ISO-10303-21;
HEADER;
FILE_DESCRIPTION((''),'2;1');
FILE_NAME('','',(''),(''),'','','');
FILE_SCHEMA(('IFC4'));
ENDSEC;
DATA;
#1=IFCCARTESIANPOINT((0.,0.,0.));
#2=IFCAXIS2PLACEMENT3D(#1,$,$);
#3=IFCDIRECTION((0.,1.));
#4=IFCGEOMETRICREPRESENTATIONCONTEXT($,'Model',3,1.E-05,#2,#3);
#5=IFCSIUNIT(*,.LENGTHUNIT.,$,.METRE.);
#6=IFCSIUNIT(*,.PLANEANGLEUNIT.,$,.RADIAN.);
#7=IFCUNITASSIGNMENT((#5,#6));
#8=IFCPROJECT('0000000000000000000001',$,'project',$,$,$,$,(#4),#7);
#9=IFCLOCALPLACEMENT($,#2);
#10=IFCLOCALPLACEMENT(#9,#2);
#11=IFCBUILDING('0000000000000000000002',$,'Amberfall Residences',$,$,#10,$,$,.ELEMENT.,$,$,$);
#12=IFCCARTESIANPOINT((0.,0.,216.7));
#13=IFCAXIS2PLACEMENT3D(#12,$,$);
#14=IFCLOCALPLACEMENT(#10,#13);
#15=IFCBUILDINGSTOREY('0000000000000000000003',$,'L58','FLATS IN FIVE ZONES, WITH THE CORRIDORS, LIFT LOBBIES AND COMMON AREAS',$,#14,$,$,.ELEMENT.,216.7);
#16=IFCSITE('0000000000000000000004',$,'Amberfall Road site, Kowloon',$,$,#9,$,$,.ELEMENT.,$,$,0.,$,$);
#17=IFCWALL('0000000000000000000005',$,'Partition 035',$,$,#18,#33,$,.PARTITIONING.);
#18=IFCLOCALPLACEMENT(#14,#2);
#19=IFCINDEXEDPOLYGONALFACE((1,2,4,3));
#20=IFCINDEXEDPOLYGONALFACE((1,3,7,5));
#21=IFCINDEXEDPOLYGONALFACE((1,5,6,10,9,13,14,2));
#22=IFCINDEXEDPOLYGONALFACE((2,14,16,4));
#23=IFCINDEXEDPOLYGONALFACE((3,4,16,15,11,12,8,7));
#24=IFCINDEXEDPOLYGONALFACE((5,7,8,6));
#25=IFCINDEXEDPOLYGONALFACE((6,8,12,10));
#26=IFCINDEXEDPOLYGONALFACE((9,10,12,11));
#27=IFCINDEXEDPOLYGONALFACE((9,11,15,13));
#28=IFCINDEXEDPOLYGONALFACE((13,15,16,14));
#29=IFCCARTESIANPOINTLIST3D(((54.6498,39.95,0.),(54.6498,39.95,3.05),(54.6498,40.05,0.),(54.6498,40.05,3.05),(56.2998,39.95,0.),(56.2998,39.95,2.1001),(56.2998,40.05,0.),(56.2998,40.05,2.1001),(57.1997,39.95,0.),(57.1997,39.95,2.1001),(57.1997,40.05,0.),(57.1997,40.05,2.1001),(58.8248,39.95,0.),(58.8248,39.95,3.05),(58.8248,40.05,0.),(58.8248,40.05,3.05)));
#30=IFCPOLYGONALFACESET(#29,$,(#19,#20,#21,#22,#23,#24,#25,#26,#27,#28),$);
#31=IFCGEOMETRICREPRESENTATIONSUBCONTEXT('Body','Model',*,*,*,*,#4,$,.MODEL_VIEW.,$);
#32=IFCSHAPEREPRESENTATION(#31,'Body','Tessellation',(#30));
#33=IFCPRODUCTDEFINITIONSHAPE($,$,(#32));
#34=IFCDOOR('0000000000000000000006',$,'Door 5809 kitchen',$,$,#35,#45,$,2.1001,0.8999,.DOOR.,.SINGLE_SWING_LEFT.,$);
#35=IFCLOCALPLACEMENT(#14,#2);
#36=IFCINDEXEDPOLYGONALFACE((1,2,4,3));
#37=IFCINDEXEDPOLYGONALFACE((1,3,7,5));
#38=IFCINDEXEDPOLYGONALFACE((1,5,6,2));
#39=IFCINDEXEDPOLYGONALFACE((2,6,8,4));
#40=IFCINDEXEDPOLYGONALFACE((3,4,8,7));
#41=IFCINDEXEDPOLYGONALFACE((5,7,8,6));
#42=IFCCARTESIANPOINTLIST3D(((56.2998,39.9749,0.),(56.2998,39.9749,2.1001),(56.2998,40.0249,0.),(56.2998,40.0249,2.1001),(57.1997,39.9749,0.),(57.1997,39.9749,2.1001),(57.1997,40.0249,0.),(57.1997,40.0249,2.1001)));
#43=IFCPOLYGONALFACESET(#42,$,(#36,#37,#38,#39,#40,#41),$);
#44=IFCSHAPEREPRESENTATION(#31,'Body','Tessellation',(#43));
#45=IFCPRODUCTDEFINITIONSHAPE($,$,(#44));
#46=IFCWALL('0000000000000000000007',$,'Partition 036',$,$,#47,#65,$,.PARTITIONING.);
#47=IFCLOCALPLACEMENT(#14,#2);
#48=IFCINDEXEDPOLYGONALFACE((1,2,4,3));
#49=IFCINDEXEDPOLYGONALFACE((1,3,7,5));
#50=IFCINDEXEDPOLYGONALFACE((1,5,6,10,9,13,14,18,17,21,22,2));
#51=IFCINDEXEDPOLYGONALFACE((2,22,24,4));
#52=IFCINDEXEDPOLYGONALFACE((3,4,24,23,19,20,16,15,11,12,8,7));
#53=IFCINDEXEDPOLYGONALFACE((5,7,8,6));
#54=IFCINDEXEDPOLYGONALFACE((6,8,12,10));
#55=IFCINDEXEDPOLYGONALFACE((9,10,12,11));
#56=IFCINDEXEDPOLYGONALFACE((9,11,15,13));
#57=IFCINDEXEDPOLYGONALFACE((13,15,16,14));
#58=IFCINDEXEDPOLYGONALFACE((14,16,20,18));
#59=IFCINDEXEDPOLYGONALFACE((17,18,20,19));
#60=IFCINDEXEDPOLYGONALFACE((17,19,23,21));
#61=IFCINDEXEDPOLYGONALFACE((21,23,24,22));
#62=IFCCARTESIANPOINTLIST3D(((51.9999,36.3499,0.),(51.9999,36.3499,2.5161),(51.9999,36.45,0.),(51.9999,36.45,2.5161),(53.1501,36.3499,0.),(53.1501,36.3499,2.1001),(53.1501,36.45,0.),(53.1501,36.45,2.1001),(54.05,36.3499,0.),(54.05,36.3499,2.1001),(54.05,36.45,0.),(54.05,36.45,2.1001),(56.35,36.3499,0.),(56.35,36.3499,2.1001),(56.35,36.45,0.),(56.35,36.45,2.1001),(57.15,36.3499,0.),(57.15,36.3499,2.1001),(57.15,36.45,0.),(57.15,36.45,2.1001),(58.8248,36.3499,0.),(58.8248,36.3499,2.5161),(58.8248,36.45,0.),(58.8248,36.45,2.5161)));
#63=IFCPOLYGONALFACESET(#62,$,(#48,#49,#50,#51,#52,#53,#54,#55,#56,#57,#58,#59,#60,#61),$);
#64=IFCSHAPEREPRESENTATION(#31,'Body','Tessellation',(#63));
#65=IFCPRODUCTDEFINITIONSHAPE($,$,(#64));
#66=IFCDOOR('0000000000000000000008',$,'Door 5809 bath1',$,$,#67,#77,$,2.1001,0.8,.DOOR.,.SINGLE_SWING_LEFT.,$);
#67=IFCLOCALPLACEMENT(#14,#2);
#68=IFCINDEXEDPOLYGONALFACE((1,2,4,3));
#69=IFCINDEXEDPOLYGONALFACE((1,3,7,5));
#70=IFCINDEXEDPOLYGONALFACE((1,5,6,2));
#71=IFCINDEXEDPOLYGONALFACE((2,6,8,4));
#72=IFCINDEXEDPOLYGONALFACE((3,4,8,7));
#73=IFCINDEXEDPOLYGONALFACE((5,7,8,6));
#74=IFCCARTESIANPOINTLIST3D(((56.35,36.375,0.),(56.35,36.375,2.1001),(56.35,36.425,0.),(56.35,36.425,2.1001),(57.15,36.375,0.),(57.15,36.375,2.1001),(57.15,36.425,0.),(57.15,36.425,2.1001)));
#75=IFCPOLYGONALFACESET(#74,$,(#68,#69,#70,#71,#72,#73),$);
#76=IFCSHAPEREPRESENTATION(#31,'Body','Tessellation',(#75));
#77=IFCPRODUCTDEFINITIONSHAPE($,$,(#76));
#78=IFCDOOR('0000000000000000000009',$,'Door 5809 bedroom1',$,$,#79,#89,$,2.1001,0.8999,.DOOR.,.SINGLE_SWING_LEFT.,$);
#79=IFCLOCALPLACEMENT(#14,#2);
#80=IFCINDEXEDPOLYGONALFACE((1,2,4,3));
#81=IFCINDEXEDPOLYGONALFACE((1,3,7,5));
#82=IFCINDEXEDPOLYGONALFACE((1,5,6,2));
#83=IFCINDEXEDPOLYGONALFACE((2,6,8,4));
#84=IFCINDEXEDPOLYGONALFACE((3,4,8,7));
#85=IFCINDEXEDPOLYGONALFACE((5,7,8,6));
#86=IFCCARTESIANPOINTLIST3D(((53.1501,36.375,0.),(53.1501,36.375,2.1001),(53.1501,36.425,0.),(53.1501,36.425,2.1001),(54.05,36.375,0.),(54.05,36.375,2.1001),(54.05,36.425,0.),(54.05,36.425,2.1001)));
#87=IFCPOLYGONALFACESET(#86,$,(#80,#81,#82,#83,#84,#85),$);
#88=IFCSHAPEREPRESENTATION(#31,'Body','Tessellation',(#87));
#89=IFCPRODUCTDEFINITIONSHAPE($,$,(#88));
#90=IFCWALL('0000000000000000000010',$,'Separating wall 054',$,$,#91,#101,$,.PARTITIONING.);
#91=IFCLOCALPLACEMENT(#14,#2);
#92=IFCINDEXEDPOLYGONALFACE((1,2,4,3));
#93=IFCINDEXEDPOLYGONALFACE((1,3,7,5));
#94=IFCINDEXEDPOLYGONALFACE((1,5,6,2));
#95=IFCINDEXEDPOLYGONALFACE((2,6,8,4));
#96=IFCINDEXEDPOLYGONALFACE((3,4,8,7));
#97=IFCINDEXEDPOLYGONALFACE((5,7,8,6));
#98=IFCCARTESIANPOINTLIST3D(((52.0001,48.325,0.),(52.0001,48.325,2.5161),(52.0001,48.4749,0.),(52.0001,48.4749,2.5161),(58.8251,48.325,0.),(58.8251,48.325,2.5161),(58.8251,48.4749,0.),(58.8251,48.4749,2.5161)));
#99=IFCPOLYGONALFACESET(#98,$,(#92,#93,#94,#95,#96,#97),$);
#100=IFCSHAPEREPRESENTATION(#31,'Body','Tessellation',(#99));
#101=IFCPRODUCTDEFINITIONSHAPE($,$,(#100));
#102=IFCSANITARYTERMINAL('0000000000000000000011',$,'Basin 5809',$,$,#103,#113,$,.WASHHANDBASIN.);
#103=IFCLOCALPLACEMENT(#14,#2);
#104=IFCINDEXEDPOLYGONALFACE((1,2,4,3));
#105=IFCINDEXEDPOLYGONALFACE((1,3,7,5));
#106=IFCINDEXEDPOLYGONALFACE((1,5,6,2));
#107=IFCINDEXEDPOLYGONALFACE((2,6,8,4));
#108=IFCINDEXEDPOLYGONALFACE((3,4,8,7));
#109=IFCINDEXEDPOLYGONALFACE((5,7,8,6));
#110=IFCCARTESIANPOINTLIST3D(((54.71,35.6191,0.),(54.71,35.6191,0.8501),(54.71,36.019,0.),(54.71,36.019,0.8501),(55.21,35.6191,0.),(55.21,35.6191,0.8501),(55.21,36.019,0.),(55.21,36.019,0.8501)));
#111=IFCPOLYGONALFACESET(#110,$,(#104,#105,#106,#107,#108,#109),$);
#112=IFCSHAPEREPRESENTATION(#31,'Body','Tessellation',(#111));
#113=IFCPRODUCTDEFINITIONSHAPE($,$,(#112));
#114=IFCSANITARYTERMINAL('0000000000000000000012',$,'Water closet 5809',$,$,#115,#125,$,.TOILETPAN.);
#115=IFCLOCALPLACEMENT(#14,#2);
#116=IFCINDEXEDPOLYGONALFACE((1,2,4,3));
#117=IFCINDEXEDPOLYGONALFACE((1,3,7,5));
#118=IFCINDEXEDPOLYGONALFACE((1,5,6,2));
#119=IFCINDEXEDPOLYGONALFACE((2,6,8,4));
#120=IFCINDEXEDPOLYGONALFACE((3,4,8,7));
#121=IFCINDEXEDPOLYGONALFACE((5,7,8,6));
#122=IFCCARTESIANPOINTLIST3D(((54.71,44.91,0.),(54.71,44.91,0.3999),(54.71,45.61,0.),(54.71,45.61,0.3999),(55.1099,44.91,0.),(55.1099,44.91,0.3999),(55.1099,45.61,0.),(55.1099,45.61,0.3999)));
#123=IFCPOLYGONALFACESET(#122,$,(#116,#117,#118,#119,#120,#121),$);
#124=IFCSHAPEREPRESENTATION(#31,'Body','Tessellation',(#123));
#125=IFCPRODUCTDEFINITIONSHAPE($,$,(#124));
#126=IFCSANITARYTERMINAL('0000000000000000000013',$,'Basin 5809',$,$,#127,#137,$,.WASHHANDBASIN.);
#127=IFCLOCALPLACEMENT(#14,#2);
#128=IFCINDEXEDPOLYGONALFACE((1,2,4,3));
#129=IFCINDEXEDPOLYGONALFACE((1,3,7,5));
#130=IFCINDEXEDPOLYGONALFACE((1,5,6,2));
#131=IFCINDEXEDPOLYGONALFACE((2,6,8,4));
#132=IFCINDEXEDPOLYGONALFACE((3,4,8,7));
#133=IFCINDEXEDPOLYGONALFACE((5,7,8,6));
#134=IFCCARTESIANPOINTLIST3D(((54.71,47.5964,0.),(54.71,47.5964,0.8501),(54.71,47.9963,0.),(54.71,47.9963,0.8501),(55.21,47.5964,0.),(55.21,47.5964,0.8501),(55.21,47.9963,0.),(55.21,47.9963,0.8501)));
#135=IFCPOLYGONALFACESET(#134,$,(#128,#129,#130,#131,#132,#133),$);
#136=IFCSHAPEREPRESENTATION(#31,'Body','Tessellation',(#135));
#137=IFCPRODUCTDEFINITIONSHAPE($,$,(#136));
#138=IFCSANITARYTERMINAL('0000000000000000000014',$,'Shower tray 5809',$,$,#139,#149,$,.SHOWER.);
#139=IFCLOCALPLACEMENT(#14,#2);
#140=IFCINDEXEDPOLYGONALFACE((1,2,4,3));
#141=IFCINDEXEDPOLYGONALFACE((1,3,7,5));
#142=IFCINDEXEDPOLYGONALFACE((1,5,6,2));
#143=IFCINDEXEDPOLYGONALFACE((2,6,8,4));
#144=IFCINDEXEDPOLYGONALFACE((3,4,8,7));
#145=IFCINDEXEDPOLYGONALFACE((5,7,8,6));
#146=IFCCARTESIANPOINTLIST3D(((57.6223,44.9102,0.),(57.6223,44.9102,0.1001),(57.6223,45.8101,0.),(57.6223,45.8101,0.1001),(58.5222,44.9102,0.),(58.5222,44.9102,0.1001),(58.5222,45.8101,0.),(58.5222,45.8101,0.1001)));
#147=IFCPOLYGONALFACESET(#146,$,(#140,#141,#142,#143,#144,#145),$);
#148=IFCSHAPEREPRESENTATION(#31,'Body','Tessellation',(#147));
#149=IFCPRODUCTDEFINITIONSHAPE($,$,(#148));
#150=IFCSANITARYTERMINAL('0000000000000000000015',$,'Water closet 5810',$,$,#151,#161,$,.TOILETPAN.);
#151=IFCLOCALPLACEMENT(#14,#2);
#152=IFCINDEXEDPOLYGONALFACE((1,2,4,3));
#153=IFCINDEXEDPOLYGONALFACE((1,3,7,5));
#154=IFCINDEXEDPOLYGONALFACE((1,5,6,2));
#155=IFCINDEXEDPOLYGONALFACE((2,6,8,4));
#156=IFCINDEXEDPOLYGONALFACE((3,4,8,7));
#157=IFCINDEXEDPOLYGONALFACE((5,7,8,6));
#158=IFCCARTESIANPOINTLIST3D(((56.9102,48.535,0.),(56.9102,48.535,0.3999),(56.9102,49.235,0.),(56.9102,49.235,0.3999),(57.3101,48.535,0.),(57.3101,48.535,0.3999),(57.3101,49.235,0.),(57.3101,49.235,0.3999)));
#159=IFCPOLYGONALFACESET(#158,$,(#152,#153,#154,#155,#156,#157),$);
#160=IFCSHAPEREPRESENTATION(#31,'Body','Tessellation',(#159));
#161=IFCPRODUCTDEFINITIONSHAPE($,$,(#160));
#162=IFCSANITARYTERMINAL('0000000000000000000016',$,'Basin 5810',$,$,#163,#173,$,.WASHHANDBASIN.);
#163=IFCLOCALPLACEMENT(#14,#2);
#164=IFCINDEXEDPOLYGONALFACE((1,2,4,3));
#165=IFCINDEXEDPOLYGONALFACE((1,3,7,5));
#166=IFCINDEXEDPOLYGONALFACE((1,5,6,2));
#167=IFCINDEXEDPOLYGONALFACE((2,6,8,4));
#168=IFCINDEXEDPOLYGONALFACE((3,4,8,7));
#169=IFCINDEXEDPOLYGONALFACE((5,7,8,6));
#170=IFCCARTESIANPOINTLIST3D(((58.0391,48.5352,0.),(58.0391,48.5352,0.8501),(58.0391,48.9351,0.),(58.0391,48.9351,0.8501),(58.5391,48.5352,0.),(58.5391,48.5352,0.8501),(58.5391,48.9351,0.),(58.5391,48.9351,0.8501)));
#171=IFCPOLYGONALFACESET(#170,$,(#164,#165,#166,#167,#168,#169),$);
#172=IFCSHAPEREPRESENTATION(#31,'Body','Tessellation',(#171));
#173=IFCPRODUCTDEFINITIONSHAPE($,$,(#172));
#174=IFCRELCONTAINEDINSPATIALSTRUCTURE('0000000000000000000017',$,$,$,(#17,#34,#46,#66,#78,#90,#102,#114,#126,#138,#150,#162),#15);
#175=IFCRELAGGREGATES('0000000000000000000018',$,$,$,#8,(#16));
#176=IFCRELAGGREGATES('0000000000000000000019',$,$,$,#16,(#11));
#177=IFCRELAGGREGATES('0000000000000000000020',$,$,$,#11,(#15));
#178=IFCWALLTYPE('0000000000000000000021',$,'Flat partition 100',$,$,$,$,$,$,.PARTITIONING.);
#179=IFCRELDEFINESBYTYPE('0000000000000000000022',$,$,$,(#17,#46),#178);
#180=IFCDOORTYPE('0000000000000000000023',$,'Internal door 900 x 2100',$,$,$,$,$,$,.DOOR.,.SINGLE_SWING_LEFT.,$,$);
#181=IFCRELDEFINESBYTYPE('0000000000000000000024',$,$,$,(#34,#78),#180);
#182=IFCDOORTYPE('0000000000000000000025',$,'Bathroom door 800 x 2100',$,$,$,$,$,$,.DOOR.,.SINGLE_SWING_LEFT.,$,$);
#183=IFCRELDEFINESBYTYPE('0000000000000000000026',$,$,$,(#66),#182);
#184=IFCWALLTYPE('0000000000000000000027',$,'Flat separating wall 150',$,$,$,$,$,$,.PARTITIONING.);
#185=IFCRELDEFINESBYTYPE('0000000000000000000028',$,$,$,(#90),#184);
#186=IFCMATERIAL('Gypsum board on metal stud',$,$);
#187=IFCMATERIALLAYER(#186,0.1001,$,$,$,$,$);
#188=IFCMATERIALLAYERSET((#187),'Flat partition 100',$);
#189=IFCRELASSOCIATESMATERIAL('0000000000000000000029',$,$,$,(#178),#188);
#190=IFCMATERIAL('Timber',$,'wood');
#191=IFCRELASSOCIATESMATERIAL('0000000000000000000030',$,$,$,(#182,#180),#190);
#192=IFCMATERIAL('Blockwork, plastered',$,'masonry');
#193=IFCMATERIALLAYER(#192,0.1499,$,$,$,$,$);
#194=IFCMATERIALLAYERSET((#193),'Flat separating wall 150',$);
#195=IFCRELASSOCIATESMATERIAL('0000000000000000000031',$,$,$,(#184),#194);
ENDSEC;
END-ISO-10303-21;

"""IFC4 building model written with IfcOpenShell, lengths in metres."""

from ifc_helpers import new_model, si_unit, direction, frame, frame_2d, origin, origin_2d, place, context, subcontext, project, spatial, rectangle, extrude, material, layer, layer_set, type_object, element, fill, save


model = new_model("IFC4")

# Units and contexts
model_context = context("Model", 3, precision=1e-05, world=origin(), true_north=direction((0.0, 1.0)))
body_context = subcontext(model_context, "Body", "Model", "MODEL_VIEW")
ifc_project = project(units=[si_unit("LENGTHUNIT", "METRE"), si_unit("PLANEANGLEUNIT", "RADIAN")], contexts=[model_context])

# Site, building, storey
site_placement = place(None, origin())
site = spatial("IfcSite", under=ifc_project, at=site_placement, Name="Amberfall Road site, Kowloon", CompositionType="ELEMENT", RefElevation=0.0)
building_placement = place(site_placement, origin())
building = spatial("IfcBuilding", under=site, at=building_placement, Name="Amberfall Residences", CompositionType="ELEMENT")
storey_placement = place(building_placement, frame((0.0, 0.0, 216.7)))
storey = spatial("IfcBuildingStorey", under=building, at=storey_placement, Name="L58", Description="FLATS IN FIVE ZONES, WITH THE CORRIDORS, LIFT LOBBIES AND COMMON AREAS", CompositionType="ELEMENT", Elevation=216.7)

# Shared definitions
ifc_material_1 = material(Name="Gypsum board on metal stud")
ifc_layer_1 = layer(ifc_material_1, 0.1001)
ifc_layer_set_1 = layer_set([ifc_layer_1], Name="Flat partition 100")
wall_type_1 = type_object("IfcWallType", Name="Flat partition 100", PredefinedType="PARTITIONING", material=ifc_layer_set_1)

# Wall, opening, door
ifc_material_2 = material(Name="Timber", Category="wood")
door_type_1 = type_object("IfcDoorType", Name="Bathroom door 800 x 2100", OperationType="SINGLE_SWING_LEFT", PredefinedType="DOOR", material=ifc_material_2)
door_type_2 = type_object("IfcDoorType", Name="Internal door 900 x 2100", OperationType="SINGLE_SWING_LEFT", PredefinedType="DOOR", material=ifc_material_2)
wall_1_placement = place(storey_placement, frame((54.6499, 40.0, 0.0), z_axis=(0.0, 0.0, 1.0), x_axis=(1.0, 0.0, 0.0)))
wall_1 = element("IfcWall", 1, at=wall_1_placement, inside=storey, type_object=wall_type_1, Name="Partition 035", PredefinedType="PARTITIONING", context=body_context, shape_type="SweptSolid", body=[
    extrude(rectangle(XDim=4.175, YDim=0.1001, at=frame_2d((2.0874, 0.0))), origin(), (0.0, 0.0, 1.0), 3.05),
])
opening_1_placement = place(wall_1_placement, frame((1.6499, 0.0, 0.0)))
opening_1 = element("IfcOpeningElement", 2, at=opening_1_placement, cuts=wall_1, PredefinedType="OPENING", context=body_context, shape_type="SweptSolid", body=[
    extrude(rectangle(XDim=0.8999, YDim=2.1001, at=frame_2d((0.45, 1.05))), frame((0.0, 0.0601, 0.0), z_axis=(0.0, -1.0, 0.0), x_axis=(1.0, 0.0, 0.0)), (0.0, 0.0, 1.0), 0.1201),
])
door_1_placement = place(opening_1_placement, origin())
door_1 = element("IfcDoor", 3, at=door_1_placement, inside=storey, type_object=door_type_2, Name="Door 5809 kitchen", OperationType="SINGLE_SWING_LEFT", OverallHeight=2.1001, OverallWidth=0.8999, PredefinedType="DOOR", context=body_context, shape_type="SweptSolid", body=[
    extrude(rectangle(XDim=0.8999, YDim=2.1001, at=frame_2d((0.45, 1.05))), frame((0.0, 0.0249, 0.0), z_axis=(0.0, -1.0, 0.0), x_axis=(1.0, 0.0, 0.0)), (0.0, 0.0, 1.0), 0.05),
])
fill(opening_1, door_1)

# Wall, openings, doors
wall_2_placement = place(storey_placement, frame((58.825, 36.3999, 0.0), z_axis=(0.0, 0.0, 1.0), x_axis=(-1.0, 0.0, 0.0)))
wall_2 = element("IfcWall", 4, at=wall_2_placement, inside=storey, type_object=wall_type_1, Name="Partition 036", PredefinedType="PARTITIONING", context=body_context, shape_type="SweptSolid", body=[
    extrude(rectangle(XDim=6.825, YDim=0.1001, at=frame_2d((3.4126, 0.0))), origin(), (0.0, 0.0, 1.0), 2.5161),
])
opening_2_placement = place(wall_2_placement, frame((4.7749, 0.0, 0.0)))
opening_2 = element("IfcOpeningElement", 5, at=opening_2_placement, cuts=wall_2, PredefinedType="OPENING", context=body_context, shape_type="SweptSolid", body=[
    extrude(rectangle(XDim=0.8999, YDim=2.1001, at=frame_2d((0.45, 1.05))), frame((0.0, 0.0601, 0.0), z_axis=(0.0, -1.0, 0.0), x_axis=(1.0, 0.0, 0.0)), (0.0, 0.0, 1.0), 0.1201),
])
opening_3_placement = place(wall_2_placement, frame((1.675, 0.0, 0.0)))
opening_3 = element("IfcOpeningElement", 6, at=opening_3_placement, cuts=wall_2, PredefinedType="OPENING", context=body_context, shape_type="SweptSolid", body=[
    extrude(rectangle(XDim=0.8, YDim=2.1001, at=frame_2d((0.3999, 1.05))), frame((0.0, 0.0601, 0.0), z_axis=(0.0, -1.0, 0.0), x_axis=(1.0, 0.0, 0.0)), (0.0, 0.0, 1.0), 0.1201),
])
door_2_placement = place(opening_3_placement, origin())
door_2 = element("IfcDoor", 7, at=door_2_placement, inside=storey, type_object=door_type_1, Name="Door 5809 bath1", OperationType="SINGLE_SWING_LEFT", OverallHeight=2.1001, OverallWidth=0.8, PredefinedType="DOOR", context=body_context, shape_type="SweptSolid", body=[
    extrude(rectangle(XDim=0.8, YDim=2.1001, at=frame_2d((0.3999, 1.05))), frame((0.0, 0.0249, 0.0), z_axis=(0.0, -1.0, 0.0), x_axis=(1.0, 0.0, 0.0)), (0.0, 0.0, 1.0), 0.05),
])
fill(opening_3, door_2)
door_3_placement = place(opening_2_placement, origin())
door_3 = element("IfcDoor", 8, at=door_3_placement, inside=storey, type_object=door_type_2, Name="Door 5809 bedroom1", OperationType="SINGLE_SWING_LEFT", OverallHeight=2.1001, OverallWidth=0.8999, PredefinedType="DOOR", context=body_context, shape_type="SweptSolid", body=[
    extrude(rectangle(XDim=0.8999, YDim=2.1001, at=frame_2d((0.45, 1.05))), frame((0.0, 0.0249, 0.0), z_axis=(0.0, -1.0, 0.0), x_axis=(1.0, 0.0, 0.0)), (0.0, 0.0, 1.0), 0.05),
])
fill(opening_2, door_3)

# Wall
ifc_material_3 = material(Name="Blockwork, plastered", Category="masonry")
ifc_layer_2 = layer(ifc_material_3, 0.1499)
ifc_layer_set_2 = layer_set([ifc_layer_2], Name="Flat separating wall 150")
wall_type_2 = type_object("IfcWallType", Name="Flat separating wall 150", PredefinedType="PARTITIONING", material=ifc_layer_set_2)
wall_3_placement = place(storey_placement, frame((52.0, 48.3999, 0.0), z_axis=(0.0, 0.0, 1.0), x_axis=(1.0, 0.0, 0.0)))
element("IfcWall", 9, at=wall_3_placement, inside=storey, type_object=wall_type_2, Name="Separating wall 054", PredefinedType="PARTITIONING", context=body_context, shape_type="SweptSolid", body=[
    extrude(rectangle(XDim=6.825, YDim=0.1499, at=frame_2d((3.4126, 0.0))), origin(), (0.0, 0.0, 1.0), 2.5161),
])

# Sanitary terminals
sanitary_terminal_1_placement = place(storey_placement, frame((54.96, 35.8191, 0.0), z_axis=(0.0, 0.0, 1.0), x_axis=(1.0, 0.0, 0.0)))
element("IfcSanitaryTerminal", 10, at=sanitary_terminal_1_placement, inside=storey, Name="Basin 5809", PredefinedType="WASHHANDBASIN", context=body_context, shape_type="SweptSolid", body=[
    extrude(rectangle(XDim=0.5, YDim=0.3999, at=origin_2d()), origin(), (0.0, 0.0, 1.0), 0.8501),
])
sanitary_terminal_2_placement = place(storey_placement, frame((54.9099, 45.26, 0.0), z_axis=(0.0, 0.0, 1.0), x_axis=(1.0, 0.0, 0.0)))
element("IfcSanitaryTerminal", 11, at=sanitary_terminal_2_placement, inside=storey, Name="Water closet 5809", PredefinedType="TOILETPAN", context=body_context, shape_type="SweptSolid", body=[
    extrude(rectangle(XDim=0.3999, YDim=0.7, at=origin_2d()), origin(), (0.0, 0.0, 1.0), 0.3999),
])
sanitary_terminal_3_placement = place(storey_placement, frame((54.96, 47.7964, 0.0), z_axis=(0.0, 0.0, 1.0), x_axis=(1.0, 0.0, 0.0)))
element("IfcSanitaryTerminal", 12, at=sanitary_terminal_3_placement, inside=storey, Name="Basin 5809", PredefinedType="WASHHANDBASIN", context=body_context, shape_type="SweptSolid", body=[
    extrude(rectangle(XDim=0.5, YDim=0.3999, at=origin_2d()), origin(), (0.0, 0.0, 1.0), 0.8501),
])
sanitary_terminal_4_placement = place(storey_placement, frame((58.0723, 45.3601, 0.0), z_axis=(0.0, 0.0, 1.0), x_axis=(1.0, 0.0, 0.0)))
element("IfcSanitaryTerminal", 13, at=sanitary_terminal_4_placement, inside=storey, Name="Shower tray 5809", PredefinedType="SHOWER", context=body_context, shape_type="SweptSolid", body=[
    extrude(rectangle(XDim=0.8999, YDim=0.8999, at=origin_2d()), origin(), (0.0, 0.0, 1.0), 0.1001),
])
sanitary_terminal_5_placement = place(storey_placement, frame((57.1101, 48.885, 0.0), z_axis=(0.0, 0.0, 1.0), x_axis=(1.0, 0.0, 0.0)))
element("IfcSanitaryTerminal", 14, at=sanitary_terminal_5_placement, inside=storey, Name="Water closet 5810", PredefinedType="TOILETPAN", context=body_context, shape_type="SweptSolid", body=[
    extrude(rectangle(XDim=0.3999, YDim=0.7, at=origin_2d()), origin(), (0.0, 0.0, 1.0), 0.3999),
])
sanitary_terminal_6_placement = place(storey_placement, frame((58.2891, 48.7351, 0.0), z_axis=(0.0, 0.0, 1.0), x_axis=(1.0, 0.0, 0.0)))
element("IfcSanitaryTerminal", 15, at=sanitary_terminal_6_placement, inside=storey, Name="Basin 5810", PredefinedType="WASHHANDBASIN", context=body_context, shape_type="SweptSolid", body=[
    extrude(rectangle(XDim=0.5, YDim=0.3999, at=origin_2d()), origin(), (0.0, 0.0, 1.0), 0.8501),
])

save(model, "model.ifc")
